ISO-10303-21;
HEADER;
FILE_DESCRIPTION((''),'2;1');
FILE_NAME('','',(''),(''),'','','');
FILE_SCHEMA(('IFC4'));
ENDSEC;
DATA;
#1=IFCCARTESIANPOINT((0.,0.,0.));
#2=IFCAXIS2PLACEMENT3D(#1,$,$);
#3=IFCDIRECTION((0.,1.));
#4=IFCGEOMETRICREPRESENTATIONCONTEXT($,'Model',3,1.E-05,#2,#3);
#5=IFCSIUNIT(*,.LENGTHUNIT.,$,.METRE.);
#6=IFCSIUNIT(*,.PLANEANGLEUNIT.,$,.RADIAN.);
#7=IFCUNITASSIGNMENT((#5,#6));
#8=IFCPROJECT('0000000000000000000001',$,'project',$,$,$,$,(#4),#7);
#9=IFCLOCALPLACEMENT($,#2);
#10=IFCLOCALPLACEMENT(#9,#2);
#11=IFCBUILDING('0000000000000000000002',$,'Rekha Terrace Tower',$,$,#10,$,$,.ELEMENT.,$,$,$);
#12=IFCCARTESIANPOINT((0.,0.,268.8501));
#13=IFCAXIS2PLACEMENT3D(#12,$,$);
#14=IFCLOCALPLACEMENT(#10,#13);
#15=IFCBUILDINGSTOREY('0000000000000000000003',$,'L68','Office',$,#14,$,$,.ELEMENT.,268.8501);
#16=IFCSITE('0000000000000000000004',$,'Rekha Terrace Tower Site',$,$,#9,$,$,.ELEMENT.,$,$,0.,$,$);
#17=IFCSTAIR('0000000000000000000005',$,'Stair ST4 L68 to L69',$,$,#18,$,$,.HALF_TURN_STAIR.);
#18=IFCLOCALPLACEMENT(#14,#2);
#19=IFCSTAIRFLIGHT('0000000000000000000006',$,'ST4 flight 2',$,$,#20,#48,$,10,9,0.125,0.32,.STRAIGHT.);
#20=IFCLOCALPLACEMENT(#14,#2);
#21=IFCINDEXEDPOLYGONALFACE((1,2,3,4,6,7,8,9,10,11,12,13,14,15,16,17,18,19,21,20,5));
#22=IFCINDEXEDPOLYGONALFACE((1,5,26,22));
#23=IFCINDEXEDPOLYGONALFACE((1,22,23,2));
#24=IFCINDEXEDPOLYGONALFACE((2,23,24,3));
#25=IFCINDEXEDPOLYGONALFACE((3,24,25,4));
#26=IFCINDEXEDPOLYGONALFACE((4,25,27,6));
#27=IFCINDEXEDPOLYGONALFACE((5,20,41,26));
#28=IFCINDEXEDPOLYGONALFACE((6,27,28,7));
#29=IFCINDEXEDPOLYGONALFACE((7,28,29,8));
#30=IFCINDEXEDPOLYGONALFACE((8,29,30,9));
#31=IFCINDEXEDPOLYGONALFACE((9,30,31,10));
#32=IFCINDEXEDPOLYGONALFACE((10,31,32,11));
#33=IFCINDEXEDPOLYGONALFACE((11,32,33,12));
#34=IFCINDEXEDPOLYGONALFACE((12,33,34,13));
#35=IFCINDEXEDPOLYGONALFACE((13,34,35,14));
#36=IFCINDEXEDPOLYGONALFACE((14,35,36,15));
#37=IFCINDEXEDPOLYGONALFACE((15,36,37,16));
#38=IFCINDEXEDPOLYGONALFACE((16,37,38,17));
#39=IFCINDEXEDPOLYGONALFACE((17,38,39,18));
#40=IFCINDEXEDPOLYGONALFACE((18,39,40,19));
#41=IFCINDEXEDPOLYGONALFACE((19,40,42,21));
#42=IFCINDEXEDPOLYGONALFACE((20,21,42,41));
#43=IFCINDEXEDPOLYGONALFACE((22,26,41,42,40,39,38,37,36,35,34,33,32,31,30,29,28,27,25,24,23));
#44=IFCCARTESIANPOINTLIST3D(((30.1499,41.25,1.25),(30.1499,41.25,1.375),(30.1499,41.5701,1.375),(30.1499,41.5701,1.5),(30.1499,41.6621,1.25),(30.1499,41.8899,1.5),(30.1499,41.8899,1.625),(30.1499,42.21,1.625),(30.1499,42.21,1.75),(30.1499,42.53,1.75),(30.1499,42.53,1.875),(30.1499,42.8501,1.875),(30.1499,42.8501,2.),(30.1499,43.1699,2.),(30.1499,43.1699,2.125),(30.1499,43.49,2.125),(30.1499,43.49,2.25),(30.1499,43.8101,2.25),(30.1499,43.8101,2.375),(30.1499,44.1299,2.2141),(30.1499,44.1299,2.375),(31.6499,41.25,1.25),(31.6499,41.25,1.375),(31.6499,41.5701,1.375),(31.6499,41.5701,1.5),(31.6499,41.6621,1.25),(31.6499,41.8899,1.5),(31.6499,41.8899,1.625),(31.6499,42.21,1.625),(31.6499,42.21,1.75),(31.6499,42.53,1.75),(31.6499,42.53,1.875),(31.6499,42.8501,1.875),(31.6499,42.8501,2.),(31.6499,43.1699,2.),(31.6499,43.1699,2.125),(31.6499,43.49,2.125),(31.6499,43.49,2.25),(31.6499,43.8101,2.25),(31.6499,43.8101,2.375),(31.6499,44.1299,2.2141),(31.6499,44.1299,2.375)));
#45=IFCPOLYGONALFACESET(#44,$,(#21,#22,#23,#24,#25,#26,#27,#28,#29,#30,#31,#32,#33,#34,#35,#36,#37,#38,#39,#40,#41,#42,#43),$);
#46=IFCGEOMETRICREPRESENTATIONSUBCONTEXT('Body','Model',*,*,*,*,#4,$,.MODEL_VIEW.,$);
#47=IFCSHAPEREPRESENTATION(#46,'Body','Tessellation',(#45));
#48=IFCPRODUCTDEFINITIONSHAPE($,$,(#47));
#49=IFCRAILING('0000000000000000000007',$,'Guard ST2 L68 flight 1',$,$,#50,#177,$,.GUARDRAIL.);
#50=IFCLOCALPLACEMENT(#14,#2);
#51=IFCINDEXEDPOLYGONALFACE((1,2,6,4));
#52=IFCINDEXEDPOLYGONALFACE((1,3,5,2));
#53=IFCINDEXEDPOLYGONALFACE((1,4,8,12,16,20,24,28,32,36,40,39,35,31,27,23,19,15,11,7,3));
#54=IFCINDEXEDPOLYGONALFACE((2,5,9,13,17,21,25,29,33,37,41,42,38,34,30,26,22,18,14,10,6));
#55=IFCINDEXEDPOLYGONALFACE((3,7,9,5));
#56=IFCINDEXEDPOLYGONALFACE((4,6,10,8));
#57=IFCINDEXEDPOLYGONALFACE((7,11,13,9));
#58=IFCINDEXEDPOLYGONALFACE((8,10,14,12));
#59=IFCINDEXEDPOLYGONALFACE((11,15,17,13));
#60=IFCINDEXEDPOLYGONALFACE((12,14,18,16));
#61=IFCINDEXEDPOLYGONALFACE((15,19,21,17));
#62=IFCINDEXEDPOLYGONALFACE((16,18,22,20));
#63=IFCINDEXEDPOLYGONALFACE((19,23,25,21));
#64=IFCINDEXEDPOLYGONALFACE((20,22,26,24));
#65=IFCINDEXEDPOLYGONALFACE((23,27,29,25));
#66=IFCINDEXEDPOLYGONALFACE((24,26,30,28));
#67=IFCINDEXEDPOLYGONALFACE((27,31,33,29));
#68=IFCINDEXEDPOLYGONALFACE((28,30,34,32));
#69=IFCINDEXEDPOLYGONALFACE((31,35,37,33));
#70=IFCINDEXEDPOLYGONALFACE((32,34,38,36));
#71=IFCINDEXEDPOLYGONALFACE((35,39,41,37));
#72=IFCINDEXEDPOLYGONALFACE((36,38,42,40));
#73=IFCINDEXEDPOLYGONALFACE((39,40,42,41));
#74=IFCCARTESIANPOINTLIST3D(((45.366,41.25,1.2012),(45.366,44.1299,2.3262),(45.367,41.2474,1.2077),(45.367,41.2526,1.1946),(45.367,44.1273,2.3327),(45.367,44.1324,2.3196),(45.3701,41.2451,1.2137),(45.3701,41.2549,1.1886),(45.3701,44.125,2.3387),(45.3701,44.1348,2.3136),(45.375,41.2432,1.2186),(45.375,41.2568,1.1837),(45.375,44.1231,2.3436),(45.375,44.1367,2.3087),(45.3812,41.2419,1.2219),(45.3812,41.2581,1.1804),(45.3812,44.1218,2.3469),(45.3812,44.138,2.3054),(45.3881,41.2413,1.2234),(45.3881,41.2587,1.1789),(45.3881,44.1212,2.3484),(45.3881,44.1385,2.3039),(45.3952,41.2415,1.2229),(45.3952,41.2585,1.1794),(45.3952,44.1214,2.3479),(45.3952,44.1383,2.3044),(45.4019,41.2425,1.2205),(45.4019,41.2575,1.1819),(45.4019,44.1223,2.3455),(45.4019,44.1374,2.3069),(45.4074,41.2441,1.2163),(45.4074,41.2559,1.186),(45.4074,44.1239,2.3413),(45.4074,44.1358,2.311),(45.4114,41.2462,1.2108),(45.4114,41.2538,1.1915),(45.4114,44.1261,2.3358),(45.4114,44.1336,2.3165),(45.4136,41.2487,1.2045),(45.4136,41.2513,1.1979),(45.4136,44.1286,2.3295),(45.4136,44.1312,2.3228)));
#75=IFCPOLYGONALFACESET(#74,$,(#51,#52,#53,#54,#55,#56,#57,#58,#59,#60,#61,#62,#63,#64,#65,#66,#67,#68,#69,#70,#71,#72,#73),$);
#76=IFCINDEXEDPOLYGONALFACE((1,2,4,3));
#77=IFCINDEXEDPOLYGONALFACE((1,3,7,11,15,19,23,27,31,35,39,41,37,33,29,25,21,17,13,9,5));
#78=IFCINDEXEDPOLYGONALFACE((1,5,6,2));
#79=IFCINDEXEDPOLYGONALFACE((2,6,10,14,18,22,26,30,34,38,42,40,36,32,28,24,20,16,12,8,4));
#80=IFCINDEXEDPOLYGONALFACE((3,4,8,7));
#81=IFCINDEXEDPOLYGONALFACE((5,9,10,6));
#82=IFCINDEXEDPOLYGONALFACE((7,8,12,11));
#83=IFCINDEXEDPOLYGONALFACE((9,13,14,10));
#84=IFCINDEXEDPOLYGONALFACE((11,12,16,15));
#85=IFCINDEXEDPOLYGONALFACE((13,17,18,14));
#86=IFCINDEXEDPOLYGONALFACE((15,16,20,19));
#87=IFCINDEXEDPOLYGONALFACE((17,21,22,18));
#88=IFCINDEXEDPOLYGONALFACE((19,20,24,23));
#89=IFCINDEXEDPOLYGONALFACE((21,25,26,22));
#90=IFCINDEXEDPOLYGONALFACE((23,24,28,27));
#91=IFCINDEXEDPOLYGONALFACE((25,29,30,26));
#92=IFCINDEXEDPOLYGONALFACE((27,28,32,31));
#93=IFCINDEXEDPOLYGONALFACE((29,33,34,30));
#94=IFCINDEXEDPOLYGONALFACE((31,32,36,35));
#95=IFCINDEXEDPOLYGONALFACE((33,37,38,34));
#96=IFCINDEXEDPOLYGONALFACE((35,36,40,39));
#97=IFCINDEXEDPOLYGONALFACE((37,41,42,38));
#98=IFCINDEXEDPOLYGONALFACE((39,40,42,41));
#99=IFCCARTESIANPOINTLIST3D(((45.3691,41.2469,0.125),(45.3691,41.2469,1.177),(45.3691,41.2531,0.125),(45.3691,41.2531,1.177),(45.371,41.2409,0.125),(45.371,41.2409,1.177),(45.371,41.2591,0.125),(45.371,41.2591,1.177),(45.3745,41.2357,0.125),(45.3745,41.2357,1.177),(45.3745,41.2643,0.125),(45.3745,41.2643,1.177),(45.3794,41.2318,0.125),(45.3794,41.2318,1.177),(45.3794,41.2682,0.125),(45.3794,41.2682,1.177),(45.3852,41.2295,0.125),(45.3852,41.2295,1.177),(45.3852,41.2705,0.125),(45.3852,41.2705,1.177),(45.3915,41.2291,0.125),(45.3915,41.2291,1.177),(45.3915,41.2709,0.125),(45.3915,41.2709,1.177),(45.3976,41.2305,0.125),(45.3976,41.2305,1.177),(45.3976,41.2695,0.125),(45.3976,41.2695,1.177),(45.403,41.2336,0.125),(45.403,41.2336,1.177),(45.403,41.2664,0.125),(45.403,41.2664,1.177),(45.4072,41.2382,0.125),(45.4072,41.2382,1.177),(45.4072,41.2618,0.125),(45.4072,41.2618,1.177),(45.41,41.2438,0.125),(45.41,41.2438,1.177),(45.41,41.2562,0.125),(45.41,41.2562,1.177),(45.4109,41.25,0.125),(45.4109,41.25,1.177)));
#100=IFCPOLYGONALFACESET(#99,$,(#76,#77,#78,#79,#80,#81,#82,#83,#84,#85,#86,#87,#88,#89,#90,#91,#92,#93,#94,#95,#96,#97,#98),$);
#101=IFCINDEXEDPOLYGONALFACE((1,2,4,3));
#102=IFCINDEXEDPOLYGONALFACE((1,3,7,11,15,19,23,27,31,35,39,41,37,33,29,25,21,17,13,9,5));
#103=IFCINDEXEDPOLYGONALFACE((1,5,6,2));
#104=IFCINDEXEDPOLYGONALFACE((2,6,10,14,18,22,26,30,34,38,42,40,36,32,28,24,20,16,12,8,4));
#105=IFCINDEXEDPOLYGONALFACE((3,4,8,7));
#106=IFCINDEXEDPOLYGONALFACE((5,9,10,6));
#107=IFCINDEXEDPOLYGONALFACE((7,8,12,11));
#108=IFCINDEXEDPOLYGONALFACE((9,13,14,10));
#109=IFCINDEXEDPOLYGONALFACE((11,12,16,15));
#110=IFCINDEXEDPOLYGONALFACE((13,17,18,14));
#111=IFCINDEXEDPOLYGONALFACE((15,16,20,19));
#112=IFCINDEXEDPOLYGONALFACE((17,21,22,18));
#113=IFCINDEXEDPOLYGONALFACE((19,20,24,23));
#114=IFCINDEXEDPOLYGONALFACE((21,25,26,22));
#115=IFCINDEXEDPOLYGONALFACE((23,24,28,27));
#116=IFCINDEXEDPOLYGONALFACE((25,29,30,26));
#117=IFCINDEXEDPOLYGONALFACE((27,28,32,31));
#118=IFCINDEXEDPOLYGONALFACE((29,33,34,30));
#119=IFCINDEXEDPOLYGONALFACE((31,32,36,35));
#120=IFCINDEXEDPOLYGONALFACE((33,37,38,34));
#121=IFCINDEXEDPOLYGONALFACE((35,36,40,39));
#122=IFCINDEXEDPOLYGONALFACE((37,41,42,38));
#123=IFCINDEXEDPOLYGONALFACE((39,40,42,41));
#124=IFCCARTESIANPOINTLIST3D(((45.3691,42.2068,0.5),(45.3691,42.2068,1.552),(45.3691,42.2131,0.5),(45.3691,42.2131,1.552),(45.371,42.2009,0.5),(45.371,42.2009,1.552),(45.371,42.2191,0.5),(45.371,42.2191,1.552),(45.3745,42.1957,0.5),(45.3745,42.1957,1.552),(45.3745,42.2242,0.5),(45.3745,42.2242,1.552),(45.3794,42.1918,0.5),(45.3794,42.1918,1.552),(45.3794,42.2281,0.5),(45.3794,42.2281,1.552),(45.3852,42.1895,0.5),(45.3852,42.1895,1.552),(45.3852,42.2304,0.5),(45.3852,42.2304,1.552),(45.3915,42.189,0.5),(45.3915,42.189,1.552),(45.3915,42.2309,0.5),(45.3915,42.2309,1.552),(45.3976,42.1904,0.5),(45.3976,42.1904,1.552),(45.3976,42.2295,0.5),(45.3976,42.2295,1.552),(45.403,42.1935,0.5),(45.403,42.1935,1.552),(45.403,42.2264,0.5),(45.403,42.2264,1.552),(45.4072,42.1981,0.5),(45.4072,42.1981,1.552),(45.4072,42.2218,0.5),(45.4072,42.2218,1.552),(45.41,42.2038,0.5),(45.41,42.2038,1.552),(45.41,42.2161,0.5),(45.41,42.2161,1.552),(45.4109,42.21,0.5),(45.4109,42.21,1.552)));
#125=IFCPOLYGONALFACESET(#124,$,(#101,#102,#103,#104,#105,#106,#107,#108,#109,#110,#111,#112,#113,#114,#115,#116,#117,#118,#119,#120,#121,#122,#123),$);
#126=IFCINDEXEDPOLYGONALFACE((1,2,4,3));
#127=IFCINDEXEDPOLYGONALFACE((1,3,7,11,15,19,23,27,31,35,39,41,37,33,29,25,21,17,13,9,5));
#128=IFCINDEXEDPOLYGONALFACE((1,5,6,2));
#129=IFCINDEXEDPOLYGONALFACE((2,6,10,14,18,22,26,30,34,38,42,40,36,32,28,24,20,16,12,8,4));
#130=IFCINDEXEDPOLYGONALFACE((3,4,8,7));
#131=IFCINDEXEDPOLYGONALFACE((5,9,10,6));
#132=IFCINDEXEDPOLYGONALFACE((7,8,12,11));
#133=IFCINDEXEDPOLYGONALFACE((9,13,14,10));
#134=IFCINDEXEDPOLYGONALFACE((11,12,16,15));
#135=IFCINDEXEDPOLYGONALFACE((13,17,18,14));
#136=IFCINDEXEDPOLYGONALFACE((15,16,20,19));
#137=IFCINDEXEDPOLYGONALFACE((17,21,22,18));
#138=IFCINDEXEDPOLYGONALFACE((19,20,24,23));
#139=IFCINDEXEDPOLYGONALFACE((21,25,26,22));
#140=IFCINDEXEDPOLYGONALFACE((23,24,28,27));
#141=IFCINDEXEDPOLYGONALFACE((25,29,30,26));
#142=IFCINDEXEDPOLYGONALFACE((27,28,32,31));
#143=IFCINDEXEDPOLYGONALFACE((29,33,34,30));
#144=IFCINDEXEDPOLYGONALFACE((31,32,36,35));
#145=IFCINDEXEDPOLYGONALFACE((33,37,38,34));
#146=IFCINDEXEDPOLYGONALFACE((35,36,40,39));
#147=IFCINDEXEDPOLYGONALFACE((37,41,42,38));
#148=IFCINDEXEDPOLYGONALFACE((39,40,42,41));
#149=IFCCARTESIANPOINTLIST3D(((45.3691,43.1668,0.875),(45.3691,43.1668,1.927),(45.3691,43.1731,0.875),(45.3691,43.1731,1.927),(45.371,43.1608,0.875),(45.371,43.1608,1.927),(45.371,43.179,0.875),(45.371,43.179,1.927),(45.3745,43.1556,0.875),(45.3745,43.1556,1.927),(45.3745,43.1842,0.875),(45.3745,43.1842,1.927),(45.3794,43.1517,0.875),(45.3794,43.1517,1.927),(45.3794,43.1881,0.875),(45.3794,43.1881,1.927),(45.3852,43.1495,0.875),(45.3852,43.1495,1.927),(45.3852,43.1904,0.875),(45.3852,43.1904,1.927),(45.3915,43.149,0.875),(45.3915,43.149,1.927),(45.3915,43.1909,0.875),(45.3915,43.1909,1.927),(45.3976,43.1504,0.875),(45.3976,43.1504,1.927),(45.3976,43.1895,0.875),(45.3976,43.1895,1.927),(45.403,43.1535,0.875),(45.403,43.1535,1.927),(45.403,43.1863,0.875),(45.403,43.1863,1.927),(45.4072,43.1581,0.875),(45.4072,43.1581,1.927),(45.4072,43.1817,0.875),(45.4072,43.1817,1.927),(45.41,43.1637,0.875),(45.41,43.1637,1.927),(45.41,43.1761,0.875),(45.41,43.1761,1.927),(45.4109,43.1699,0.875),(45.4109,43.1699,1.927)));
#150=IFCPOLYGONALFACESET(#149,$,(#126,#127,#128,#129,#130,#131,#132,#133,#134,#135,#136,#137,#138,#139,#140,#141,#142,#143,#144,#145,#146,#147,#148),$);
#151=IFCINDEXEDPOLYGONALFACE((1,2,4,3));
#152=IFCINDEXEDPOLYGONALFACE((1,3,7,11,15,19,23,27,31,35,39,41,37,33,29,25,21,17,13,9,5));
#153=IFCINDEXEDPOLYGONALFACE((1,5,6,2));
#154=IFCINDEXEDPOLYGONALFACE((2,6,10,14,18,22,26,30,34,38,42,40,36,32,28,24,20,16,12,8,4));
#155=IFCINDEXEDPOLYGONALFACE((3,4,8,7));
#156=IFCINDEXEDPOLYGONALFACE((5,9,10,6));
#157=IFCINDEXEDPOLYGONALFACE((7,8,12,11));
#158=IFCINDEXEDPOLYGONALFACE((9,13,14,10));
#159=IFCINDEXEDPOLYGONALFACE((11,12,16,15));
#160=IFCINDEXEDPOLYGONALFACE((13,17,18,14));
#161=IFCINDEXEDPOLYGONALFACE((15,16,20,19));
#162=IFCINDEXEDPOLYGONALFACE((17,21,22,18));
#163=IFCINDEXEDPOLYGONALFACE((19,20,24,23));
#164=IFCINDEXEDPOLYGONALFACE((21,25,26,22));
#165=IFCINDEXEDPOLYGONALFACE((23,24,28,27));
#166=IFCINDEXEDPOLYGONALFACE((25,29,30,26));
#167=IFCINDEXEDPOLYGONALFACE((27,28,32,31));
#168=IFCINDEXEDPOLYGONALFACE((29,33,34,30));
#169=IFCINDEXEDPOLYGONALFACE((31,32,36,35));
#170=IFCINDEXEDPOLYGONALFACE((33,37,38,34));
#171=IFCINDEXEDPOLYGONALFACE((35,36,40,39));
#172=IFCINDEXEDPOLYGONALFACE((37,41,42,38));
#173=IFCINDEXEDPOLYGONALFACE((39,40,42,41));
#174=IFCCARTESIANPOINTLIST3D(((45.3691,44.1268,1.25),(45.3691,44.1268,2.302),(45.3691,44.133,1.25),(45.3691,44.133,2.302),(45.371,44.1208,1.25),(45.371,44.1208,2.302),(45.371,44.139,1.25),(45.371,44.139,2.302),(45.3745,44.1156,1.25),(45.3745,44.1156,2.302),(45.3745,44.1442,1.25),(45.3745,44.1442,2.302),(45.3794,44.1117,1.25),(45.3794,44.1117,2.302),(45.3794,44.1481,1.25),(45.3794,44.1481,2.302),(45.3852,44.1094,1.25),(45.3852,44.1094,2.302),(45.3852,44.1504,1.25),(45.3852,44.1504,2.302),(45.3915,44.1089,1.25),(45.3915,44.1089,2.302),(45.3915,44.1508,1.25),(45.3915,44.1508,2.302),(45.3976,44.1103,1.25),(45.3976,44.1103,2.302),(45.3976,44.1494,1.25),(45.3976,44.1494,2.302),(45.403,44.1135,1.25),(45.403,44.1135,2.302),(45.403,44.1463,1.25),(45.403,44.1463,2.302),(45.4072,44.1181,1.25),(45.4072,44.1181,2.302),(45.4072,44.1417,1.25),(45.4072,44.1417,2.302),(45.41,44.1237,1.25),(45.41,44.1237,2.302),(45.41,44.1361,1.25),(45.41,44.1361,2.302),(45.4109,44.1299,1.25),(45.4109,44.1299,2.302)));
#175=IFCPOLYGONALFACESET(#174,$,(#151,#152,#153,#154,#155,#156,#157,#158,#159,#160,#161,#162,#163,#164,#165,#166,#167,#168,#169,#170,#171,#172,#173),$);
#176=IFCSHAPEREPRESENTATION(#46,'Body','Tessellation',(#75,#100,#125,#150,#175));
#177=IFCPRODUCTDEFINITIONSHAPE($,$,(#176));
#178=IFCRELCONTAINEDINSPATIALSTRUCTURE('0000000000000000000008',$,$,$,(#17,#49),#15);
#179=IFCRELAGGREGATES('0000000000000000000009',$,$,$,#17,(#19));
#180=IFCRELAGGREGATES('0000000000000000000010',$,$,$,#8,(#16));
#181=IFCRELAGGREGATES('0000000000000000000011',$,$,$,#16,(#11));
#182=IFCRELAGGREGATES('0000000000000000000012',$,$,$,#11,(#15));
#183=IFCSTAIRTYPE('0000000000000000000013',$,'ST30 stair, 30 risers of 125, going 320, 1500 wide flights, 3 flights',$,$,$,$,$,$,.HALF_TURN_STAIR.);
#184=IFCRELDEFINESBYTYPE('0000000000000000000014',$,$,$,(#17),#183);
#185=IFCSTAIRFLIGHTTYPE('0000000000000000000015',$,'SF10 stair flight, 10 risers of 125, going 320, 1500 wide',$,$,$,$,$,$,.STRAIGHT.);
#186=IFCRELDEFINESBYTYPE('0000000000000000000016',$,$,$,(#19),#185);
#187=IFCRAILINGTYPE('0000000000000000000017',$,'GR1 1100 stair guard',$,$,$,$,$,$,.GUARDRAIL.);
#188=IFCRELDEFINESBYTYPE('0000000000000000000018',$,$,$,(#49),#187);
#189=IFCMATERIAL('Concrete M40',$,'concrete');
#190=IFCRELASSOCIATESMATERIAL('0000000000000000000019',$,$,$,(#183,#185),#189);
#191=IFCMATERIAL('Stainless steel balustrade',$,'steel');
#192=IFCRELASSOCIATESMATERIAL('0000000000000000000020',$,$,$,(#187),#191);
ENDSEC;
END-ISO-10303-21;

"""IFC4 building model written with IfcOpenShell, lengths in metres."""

from ifc_helpers import new_model, si_unit, direction, frame, origin, origin_2d, place, context, subcontext, project, spatial, polyline, circle, outline, extrude, material, type_object, element, aggregate, save


model = new_model("IFC4")

# Units and contexts
model_context = context("Model", 3, precision=1e-05, world=origin(), true_north=direction((0.0, 1.0)))
body_context = subcontext(model_context, "Body", "Model", "MODEL_VIEW")
ifc_project = project(units=[si_unit("LENGTHUNIT", "METRE"), si_unit("PLANEANGLEUNIT", "RADIAN")], contexts=[model_context])

# Site, building, storey
site_placement = place(None, origin())
site = spatial("IfcSite", under=ifc_project, at=site_placement, Name="Rekha Terrace Tower Site", CompositionType="ELEMENT", RefElevation=0.0)
building_placement = place(site_placement, origin())
building = spatial("IfcBuilding", under=site, at=building_placement, Name="Rekha Terrace Tower", CompositionType="ELEMENT")
storey_placement = place(building_placement, frame((0.0, 0.0, 268.8501)))
storey = spatial("IfcBuildingStorey", under=building, at=storey_placement, Name="L68", Description="Office", CompositionType="ELEMENT", Elevation=268.8501)

# Stair, stair flight
ifc_material_1 = material(Name="Concrete M40", Category="concrete")
stair_type = type_object("IfcStairType", Name="ST30 stair, 30 risers of 125, going 320, 1500 wide flights, 3 flights", PredefinedType="HALF_TURN_STAIR", material=ifc_material_1)
stair_flight_type = type_object("IfcStairFlightType", Name="SF10 stair flight, 10 risers of 125, going 320, 1500 wide", PredefinedType="STRAIGHT", material=ifc_material_1)
stair_1_placement = place(storey_placement, origin())
stair_1 = element("IfcStair", 1, at=stair_1_placement, inside=storey, type_object=stair_type, Name="Stair ST4 L68 to L69", PredefinedType="HALF_TURN_STAIR")
stair_flight_1_placement = place(storey_placement, frame((30.8999, 41.25, 1.25), z_axis=(0.0, 0.0, 1.0), x_axis=(0.0, 1.0, 0.0)))
stair_flight_1 = element("IfcStairFlight", 2, at=stair_flight_1_placement, type_object=stair_flight_type, Name="ST4 flight 2", NumberOfRisers=10, NumberOfTreads=9, PredefinedType="STRAIGHT", RiserHeight=0.125, TreadLength=0.32, context=body_context, shape_type="SweptSolid", body=[
    extrude(outline(polyline([(0.0, 0.0), (0.0, 0.125), (0.3201, 0.125), (0.3201, 0.25), (0.6399, 0.25), (0.6399, 0.375), (0.96, 0.375), (0.96, 0.5), (1.28, 0.5), (1.28, 0.625), (1.6001, 0.625), (1.6001, 0.75), (1.9199, 0.75), (1.9199, 0.875), (2.24, 0.875), (2.24, 1.0), (2.5601, 1.0), (2.5601, 1.125), (2.8799, 1.125), (2.8799, 1.25), (2.8799, 0.9641), (0.4121, 0.0), (0.0, 0.0)])), frame((0.0, 0.75, 0.0), z_axis=(0.0, -1.0, 0.0), x_axis=(1.0, 0.0, 0.0)), (0.0, 0.0, 1.0), 1.5),
])
aggregate(stair_1, [stair_flight_1])

# Railing
ifc_material_2 = material(Name="Stainless steel balustrade", Category="steel")
railing_type_1 = type_object("IfcRailingType", Name="GR1 1100 stair guard", PredefinedType="GUARDRAIL", material=ifc_material_2)
railing_1_placement = place(storey_placement, frame((45.3899, 41.25, 0.125)))
element("IfcRailing", 3, at=railing_1_placement, inside=storey, type_object=railing_type_1, Name="Guard ST2 L68 flight 1", PredefinedType="GUARDRAIL", context=body_context, shape_type="SweptSolid", body=[
    extrude(circle(Radius=0.0239, at=origin_2d()), frame((0.0, 0.0, 1.0762), z_axis=(0.0, 0.931452, 0.363863), x_axis=(-1.0, 0.0, 0.0)), (0.0, 0.0, 1.0), 3.0918),
    extrude(circle(Radius=0.021, at=origin_2d()), origin(), (0.0, 0.0, 1.0), 1.052),
    extrude(circle(Radius=0.021, at=origin_2d()), frame((0.0, 0.96, 0.375)), (0.0, 0.0, 1.0), 1.052),
    extrude(circle(Radius=0.021, at=origin_2d()), frame((0.0, 1.9199, 0.75)), (0.0, 0.0, 1.0), 1.052),
    extrude(circle(Radius=0.021, at=origin_2d()), frame((0.0, 2.8799, 1.125)), (0.0, 0.0, 1.0), 1.052),
])

save(model, "model.ifc")
